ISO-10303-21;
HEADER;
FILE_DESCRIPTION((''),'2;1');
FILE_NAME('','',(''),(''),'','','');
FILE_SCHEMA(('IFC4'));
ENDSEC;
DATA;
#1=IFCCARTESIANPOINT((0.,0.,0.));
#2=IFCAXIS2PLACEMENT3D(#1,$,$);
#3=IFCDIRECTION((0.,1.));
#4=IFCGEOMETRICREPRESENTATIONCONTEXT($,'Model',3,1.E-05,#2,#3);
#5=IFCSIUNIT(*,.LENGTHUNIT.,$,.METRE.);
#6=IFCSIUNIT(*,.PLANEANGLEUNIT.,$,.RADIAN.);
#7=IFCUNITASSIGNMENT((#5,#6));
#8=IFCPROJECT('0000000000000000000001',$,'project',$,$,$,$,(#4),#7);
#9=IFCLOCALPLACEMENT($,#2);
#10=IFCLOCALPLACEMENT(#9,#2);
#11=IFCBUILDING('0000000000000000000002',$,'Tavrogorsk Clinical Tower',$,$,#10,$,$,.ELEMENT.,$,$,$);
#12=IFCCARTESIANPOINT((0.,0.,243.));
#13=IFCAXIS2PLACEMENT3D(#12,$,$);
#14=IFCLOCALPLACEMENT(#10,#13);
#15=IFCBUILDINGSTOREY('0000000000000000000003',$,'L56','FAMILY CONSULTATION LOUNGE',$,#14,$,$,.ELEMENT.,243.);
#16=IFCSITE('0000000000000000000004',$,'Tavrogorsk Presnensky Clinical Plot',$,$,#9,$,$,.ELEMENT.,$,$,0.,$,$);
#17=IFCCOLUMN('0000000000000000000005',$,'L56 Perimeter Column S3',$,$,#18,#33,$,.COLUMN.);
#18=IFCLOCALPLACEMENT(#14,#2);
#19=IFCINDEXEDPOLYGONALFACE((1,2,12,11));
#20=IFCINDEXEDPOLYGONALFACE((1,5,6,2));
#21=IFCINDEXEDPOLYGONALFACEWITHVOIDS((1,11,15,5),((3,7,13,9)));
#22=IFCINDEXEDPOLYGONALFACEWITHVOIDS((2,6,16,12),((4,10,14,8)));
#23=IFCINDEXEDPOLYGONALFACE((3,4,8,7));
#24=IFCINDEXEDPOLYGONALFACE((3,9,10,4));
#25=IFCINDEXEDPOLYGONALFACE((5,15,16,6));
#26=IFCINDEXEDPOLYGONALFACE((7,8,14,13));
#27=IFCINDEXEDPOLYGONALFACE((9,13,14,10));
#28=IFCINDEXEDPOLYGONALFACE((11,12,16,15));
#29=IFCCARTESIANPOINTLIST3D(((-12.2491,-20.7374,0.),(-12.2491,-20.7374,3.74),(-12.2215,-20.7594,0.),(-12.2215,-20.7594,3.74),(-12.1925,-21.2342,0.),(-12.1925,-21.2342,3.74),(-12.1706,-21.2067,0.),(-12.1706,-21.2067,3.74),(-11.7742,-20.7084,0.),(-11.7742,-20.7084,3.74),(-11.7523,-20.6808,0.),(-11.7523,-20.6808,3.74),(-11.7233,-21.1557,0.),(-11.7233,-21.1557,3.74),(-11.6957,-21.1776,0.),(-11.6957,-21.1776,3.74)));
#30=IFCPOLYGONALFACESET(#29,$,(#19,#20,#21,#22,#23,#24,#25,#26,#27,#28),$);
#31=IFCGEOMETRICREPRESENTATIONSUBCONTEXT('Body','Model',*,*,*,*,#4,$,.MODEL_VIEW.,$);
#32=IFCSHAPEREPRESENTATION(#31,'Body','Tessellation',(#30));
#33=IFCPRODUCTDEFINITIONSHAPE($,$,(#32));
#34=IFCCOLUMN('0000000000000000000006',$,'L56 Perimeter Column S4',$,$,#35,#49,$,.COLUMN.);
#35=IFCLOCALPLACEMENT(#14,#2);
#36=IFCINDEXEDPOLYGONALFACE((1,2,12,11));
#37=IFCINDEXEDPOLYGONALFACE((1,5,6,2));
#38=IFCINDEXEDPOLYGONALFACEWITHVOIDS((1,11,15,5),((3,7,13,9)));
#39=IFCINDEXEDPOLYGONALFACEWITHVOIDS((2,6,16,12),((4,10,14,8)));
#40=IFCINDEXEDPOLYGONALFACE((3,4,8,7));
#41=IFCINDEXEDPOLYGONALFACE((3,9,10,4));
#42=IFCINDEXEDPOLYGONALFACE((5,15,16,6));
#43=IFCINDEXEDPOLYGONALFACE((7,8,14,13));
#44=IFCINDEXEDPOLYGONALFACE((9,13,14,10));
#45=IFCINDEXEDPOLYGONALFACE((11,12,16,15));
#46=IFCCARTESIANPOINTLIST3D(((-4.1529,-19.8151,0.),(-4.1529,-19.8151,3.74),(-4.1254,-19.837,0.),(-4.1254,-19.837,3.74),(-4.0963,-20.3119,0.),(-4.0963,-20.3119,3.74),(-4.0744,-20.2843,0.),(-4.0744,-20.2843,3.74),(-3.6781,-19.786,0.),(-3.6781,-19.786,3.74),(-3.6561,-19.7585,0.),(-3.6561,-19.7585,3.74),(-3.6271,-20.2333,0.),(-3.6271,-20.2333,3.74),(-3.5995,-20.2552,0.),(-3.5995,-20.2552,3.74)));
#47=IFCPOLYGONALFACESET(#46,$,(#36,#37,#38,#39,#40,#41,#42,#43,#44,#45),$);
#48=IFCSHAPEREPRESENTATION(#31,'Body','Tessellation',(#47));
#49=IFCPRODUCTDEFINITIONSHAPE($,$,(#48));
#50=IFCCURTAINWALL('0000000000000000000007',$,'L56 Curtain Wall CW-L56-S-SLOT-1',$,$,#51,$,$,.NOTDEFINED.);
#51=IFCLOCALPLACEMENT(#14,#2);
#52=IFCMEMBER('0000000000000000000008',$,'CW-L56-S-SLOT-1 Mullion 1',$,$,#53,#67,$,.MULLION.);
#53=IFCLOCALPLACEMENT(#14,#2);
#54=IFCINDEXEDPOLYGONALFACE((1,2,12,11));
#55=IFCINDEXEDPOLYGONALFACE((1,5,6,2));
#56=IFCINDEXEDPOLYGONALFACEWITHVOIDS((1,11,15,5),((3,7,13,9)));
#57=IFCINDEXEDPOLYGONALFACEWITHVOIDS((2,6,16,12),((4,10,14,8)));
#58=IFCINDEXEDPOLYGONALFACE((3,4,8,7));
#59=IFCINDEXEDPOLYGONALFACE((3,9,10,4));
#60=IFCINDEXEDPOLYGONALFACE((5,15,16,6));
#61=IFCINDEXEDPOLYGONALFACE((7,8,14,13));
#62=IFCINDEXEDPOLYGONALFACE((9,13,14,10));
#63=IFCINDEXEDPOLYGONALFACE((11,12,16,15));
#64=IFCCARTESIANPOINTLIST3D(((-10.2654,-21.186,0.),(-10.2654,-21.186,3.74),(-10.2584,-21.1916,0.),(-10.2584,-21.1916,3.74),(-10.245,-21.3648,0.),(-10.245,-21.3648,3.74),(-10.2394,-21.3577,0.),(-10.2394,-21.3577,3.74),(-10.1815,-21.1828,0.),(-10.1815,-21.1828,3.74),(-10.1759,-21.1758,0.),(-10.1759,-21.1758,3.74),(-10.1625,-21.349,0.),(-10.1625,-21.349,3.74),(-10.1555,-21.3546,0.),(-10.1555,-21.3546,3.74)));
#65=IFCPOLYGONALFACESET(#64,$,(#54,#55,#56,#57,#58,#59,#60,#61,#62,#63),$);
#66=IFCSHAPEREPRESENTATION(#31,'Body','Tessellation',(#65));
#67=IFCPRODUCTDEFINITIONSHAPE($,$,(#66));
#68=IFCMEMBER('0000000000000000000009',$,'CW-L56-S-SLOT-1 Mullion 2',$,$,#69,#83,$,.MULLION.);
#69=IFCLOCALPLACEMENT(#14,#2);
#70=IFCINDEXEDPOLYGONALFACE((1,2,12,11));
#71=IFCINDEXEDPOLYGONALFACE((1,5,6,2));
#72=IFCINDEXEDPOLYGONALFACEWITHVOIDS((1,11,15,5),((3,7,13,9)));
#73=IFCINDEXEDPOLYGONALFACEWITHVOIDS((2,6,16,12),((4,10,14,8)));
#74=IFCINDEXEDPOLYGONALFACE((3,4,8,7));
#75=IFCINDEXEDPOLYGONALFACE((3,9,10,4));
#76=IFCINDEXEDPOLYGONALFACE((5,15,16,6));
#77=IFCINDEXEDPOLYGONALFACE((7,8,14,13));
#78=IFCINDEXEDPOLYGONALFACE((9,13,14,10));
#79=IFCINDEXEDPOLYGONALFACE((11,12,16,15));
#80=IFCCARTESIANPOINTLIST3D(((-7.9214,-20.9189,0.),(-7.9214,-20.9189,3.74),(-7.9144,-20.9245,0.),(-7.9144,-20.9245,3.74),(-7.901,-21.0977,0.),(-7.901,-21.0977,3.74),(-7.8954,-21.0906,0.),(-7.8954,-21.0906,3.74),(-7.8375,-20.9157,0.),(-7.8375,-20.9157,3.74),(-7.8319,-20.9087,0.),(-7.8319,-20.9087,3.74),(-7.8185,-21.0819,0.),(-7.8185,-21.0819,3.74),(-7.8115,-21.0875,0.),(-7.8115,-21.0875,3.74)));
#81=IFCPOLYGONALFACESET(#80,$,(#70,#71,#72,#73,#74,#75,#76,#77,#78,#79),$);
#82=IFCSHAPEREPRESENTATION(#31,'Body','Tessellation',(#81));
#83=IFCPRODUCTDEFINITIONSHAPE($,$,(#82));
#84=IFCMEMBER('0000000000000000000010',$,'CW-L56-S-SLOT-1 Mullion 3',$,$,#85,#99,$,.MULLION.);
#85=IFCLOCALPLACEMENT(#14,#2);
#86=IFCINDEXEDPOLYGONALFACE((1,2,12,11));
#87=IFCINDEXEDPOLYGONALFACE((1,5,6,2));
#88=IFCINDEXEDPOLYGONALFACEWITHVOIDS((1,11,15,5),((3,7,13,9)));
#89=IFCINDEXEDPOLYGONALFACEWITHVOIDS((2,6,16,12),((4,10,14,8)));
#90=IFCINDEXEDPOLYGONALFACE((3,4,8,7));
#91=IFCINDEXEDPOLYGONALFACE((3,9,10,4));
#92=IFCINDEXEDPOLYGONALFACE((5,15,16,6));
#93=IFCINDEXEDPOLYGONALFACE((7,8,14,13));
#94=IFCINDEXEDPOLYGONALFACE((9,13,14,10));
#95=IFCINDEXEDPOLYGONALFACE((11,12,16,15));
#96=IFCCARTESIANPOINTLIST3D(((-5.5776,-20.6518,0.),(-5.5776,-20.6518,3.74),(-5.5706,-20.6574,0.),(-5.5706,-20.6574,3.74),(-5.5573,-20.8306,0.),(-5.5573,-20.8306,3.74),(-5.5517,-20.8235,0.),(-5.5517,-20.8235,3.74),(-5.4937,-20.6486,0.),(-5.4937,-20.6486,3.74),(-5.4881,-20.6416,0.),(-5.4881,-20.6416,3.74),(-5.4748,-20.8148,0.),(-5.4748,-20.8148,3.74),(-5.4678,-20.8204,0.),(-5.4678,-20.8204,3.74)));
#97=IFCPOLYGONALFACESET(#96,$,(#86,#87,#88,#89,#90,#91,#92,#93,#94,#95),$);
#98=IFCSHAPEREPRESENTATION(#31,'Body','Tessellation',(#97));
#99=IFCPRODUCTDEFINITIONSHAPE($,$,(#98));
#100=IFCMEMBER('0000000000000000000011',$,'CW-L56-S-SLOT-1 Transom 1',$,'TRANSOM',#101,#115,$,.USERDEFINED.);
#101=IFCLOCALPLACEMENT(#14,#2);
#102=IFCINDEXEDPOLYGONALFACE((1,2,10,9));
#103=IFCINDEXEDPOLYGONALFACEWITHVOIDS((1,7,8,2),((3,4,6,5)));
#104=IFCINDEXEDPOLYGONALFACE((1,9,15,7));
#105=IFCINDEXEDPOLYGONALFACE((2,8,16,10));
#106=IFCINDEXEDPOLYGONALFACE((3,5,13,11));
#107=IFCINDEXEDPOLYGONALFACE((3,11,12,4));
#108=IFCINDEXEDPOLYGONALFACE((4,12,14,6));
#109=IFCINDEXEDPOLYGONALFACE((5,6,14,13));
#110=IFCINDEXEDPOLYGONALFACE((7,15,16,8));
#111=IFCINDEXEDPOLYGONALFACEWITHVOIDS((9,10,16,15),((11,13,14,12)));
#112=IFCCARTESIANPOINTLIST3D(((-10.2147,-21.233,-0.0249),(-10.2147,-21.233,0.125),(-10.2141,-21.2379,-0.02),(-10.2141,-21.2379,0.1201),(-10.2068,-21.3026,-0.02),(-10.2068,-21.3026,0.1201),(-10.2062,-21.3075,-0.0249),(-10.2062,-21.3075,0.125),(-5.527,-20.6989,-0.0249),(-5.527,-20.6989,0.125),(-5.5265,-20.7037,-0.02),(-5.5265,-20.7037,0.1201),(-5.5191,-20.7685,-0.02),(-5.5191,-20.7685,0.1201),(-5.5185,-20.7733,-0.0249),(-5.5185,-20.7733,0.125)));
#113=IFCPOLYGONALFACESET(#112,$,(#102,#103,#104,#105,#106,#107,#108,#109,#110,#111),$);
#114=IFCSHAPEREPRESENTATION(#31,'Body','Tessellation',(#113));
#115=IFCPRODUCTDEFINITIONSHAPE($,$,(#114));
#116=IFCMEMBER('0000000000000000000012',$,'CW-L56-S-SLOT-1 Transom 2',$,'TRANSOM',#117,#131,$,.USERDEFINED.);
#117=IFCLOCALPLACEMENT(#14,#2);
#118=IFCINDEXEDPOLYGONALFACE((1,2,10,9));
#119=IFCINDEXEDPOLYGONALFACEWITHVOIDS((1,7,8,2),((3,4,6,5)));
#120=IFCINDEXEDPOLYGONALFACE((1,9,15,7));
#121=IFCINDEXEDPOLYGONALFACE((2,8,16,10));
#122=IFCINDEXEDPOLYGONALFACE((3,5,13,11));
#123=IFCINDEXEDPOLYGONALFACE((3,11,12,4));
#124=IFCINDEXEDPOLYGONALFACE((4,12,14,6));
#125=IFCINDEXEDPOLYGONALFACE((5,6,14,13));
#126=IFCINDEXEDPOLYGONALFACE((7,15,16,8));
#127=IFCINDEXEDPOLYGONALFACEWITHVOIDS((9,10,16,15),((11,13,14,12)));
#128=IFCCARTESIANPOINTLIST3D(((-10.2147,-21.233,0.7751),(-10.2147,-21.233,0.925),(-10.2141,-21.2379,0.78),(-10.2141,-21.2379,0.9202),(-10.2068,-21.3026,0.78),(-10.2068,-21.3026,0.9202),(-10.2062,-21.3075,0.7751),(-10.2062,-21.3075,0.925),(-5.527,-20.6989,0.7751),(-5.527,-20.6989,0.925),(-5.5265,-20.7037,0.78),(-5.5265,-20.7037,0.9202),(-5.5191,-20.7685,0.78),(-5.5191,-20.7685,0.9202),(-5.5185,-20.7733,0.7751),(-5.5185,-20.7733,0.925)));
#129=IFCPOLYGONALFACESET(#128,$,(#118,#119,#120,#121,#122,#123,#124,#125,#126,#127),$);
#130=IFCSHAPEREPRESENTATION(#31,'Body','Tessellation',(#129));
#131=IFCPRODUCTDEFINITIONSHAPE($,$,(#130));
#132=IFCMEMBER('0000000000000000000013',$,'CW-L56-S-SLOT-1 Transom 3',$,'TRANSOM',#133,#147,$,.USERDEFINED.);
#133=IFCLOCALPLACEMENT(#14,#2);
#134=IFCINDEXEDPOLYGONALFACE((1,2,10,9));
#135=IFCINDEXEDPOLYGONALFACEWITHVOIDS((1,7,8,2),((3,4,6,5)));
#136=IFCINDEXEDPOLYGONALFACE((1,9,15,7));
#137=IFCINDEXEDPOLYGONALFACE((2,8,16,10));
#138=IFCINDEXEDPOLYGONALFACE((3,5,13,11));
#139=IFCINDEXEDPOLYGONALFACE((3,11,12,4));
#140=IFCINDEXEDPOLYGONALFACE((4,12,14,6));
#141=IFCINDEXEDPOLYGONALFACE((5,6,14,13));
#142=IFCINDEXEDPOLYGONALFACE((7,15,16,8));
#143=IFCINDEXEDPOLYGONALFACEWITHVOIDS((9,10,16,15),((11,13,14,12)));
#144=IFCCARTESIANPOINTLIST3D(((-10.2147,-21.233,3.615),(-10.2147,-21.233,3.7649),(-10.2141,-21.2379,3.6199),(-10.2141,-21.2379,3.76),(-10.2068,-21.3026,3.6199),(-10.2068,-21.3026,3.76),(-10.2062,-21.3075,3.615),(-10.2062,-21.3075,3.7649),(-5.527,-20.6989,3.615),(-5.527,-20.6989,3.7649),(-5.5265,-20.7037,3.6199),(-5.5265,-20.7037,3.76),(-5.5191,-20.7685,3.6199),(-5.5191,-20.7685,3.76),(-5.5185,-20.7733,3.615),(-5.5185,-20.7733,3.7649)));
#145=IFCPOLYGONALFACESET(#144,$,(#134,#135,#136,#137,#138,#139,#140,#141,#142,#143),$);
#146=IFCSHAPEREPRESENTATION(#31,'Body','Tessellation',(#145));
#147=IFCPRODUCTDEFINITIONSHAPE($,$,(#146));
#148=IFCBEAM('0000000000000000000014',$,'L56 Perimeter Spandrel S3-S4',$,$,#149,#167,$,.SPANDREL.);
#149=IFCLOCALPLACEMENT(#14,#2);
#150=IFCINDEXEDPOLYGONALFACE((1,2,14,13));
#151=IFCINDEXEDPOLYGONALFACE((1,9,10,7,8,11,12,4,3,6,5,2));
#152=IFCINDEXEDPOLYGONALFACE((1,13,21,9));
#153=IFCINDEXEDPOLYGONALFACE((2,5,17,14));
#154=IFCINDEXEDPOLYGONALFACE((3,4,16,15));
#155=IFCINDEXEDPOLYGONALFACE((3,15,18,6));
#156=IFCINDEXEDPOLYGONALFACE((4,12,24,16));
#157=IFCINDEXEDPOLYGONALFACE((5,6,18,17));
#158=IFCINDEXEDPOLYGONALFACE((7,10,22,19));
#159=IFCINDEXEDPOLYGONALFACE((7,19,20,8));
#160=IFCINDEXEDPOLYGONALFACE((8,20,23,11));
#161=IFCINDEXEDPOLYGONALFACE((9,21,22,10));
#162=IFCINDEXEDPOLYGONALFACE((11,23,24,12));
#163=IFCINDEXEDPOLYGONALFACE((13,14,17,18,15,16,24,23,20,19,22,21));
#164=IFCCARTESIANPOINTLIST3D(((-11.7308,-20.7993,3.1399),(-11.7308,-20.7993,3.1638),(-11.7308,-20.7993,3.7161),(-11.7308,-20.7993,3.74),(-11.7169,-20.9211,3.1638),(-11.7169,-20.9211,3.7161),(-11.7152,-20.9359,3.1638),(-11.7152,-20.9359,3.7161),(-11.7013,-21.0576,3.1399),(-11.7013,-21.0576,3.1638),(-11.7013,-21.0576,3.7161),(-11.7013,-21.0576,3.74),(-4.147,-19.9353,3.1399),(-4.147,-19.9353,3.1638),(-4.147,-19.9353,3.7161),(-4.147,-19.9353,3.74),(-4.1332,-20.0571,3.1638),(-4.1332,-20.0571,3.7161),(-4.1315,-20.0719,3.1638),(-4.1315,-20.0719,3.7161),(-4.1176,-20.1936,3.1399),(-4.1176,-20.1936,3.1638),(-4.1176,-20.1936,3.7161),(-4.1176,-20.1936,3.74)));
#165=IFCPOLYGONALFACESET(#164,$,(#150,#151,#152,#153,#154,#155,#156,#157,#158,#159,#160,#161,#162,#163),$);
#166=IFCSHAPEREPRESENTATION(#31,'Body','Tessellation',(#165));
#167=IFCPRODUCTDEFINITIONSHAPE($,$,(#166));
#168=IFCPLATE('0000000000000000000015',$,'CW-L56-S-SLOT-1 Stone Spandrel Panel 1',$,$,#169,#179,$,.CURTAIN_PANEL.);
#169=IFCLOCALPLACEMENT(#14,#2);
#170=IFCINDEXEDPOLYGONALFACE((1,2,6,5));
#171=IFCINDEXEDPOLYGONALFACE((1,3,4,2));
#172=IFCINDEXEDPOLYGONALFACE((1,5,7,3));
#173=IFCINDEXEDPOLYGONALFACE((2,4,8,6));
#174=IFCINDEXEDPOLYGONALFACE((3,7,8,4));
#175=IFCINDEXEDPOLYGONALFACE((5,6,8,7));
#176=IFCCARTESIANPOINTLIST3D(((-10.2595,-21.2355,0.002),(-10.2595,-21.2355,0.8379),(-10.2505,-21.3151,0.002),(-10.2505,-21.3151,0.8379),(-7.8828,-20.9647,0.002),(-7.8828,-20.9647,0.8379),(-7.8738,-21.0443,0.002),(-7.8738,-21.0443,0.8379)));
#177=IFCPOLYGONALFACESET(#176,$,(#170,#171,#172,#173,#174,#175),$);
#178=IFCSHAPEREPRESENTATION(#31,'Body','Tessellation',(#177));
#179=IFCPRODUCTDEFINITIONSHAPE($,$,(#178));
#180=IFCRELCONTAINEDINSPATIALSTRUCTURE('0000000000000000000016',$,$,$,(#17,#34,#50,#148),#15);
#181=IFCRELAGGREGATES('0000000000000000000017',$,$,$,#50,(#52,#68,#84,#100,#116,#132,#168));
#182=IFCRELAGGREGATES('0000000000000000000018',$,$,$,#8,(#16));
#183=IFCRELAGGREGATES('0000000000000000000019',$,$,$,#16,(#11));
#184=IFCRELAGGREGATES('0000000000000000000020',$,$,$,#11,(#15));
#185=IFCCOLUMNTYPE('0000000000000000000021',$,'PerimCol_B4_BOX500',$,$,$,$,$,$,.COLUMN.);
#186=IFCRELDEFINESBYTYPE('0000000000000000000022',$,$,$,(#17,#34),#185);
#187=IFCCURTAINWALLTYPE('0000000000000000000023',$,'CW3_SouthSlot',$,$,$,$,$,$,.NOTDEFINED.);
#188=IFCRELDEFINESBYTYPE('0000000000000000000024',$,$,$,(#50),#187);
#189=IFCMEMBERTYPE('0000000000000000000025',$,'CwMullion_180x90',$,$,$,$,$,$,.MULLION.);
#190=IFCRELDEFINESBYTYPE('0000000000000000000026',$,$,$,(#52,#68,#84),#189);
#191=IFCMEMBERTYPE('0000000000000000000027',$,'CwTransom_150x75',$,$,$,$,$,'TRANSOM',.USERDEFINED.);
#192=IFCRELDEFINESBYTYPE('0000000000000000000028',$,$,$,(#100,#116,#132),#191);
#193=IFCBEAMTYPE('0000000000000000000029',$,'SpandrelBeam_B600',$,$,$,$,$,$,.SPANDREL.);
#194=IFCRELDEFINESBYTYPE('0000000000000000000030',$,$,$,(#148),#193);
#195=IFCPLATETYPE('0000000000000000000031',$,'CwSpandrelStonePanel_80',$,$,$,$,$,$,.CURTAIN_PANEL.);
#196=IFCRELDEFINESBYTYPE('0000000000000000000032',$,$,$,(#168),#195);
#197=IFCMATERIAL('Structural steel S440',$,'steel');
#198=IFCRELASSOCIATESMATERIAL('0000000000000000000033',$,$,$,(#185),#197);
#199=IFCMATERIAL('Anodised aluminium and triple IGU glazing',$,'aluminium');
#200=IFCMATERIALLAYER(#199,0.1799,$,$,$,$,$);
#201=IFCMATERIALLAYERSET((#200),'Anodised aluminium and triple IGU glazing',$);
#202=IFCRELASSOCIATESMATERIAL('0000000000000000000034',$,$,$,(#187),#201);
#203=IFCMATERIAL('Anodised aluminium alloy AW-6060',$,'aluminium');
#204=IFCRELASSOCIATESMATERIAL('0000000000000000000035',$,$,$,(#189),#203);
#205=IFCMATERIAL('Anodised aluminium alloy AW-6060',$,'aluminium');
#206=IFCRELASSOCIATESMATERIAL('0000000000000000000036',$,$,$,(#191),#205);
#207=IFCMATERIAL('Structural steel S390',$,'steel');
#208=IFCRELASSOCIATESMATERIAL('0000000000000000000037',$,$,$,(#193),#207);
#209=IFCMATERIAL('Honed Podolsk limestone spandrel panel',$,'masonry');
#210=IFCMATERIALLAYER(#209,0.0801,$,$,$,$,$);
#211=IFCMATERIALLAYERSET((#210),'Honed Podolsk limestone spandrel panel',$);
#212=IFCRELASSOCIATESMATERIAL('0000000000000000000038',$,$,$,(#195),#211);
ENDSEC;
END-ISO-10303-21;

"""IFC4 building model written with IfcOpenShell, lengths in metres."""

from ifc_helpers import new_model, si_unit, direction, frame, origin, origin_2d, place, context, subcontext, project, spatial, rectangle, hollow_rectangle, i_section, extrude, material, layer, layer_set, material_profile, profile_set, type_object, element, aggregate, save


model = new_model("IFC4")

# Units and contexts
model_context = context("Model", 3, precision=1e-05, world=origin(), true_north=direction((0.0, 1.0)))
body_context = subcontext(model_context, "Body", "Model", "MODEL_VIEW")
ifc_project = project(units=[si_unit("LENGTHUNIT", "METRE"), si_unit("PLANEANGLEUNIT", "RADIAN")], contexts=[model_context])

# Site, building, storey
site_placement = place(None, origin())
site = spatial("IfcSite", under=ifc_project, at=site_placement, Name="Tavrogorsk Presnensky Clinical Plot", CompositionType="ELEMENT", RefElevation=0.0)
building_placement = place(site_placement, origin())
building = spatial("IfcBuilding", under=site, at=building_placement, Name="Tavrogorsk Clinical Tower", CompositionType="ELEMENT")
storey_placement = place(building_placement, frame((0.0, 0.0, 243.0)))
storey = spatial("IfcBuildingStorey", under=building, at=storey_placement, Name="L56", Description="FAMILY CONSULTATION LOUNGE", CompositionType="ELEMENT", Elevation=243.0)

# Columns
ifc_material_1 = material(Name="Structural steel S440", Category="steel")
ifc_material_profile_1 = material_profile(ifc_material_1, hollow_rectangle(XDim=0.5, YDim=0.5, WallThickness=0.0249, at=origin_2d()), Name="BOX-500x500x25")
ifc_profile_set_1 = profile_set([ifc_material_profile_1], Name="Structural steel S440")
column_type = type_object("IfcColumnType", Name="PerimCol_B4_BOX500", PredefinedType="COLUMN", material=ifc_profile_set_1)
for number, where, z_axis, x_axis, name in (
    (1, (-11.9724, -20.9575, 0.0), (0.0, 0.0, 1.0), (0.993572, 0.113203, 0.0), "L56 Perimeter Column S3"),
    (2, (-3.8762, -20.0352, 0.0), (0.0, 0.0, 1.0), (0.993572, 0.113203, 0.0), "L56 Perimeter Column S4"),
):
    element("IfcColumn", number, at=place(storey_placement, frame(where, z_axis=z_axis, x_axis=x_axis)), inside=storey, type_object=column_type, Name=name, PredefinedType="COLUMN", context=body_context, shape_type="SweptSolid", body=[
        extrude(hollow_rectangle(XDim=0.5, YDim=0.5, WallThickness=0.0249, at=origin_2d()), origin(), (0.0, 0.0, 1.0), 3.74),
    ])

# Curtain wall, members
ifc_material_2 = material(Name="Anodised aluminium and triple IGU glazing", Category="aluminium")
ifc_layer_1 = layer(ifc_material_2, 0.1799)
ifc_layer_set_1 = layer_set([ifc_layer_1], Name="Anodised aluminium and triple IGU glazing")
curtain_wall_type = type_object("IfcCurtainWallType", Name="CW3_SouthSlot", PredefinedType="NOTDEFINED", material=ifc_layer_set_1)
curtain_wall_placement = place(storey_placement, origin())
curtain_wall = element("IfcCurtainWall", 3, at=curtain_wall_placement, inside=storey, type_object=curtain_wall_type, Name="L56 Curtain Wall CW-L56-S-SLOT-1", PredefinedType="NOTDEFINED")
ifc_material_3 = material(Name="Anodised aluminium alloy AW-6060", Category="aluminium")
ifc_material_profile_2 = material_profile(ifc_material_3, hollow_rectangle(XDim=0.0901, YDim=0.1799, WallThickness=0.0063, at=origin_2d()), Name="RHS-180x90x6.3")
ifc_profile_set_2 = profile_set([ifc_material_profile_2], Name="Anodised aluminium alloy AW-6060")
member_type_1 = type_object("IfcMemberType", Name="CwMullion_180x90", PredefinedType="MULLION", material=ifc_profile_set_2)
member_1_placement = place(storey_placement, frame((-10.2104, -21.2703, 0.0), z_axis=(0.0, 0.0, 1.0), x_axis=(0.993572, 0.113203, 0.0)))
member_1 = element("IfcMember", 4, at=member_1_placement, type_object=member_type_1, Name="CW-L56-S-SLOT-1 Mullion 1", PredefinedType="MULLION", context=body_context, shape_type="SweptSolid", body=[
    extrude(hollow_rectangle(XDim=0.0901, YDim=0.1799, WallThickness=0.0063, at=origin_2d()), origin(), (0.0, 0.0, 1.0), 3.74),
])
member_2_placement = place(storey_placement, frame((-7.8665, -21.0032, 0.0), z_axis=(0.0, 0.0, 1.0), x_axis=(0.993572, 0.113203, 0.0)))
member_2 = element("IfcMember", 5, at=member_2_placement, type_object=member_type_1, Name="CW-L56-S-SLOT-1 Mullion 2", PredefinedType="MULLION", context=body_context, shape_type="SweptSolid", body=[
    extrude(hollow_rectangle(XDim=0.0901, YDim=0.1799, WallThickness=0.0063, at=origin_2d()), origin(), (0.0, 0.0, 1.0), 3.74),
])
member_3_placement = place(storey_placement, frame((-5.5227, -20.7361, 0.0), z_axis=(0.0, 0.0, 1.0), x_axis=(0.993572, 0.113203, 0.0)))
member_3 = element("IfcMember", 6, at=member_3_placement, type_object=member_type_1, Name="CW-L56-S-SLOT-1 Mullion 3", PredefinedType="MULLION", context=body_context, shape_type="SweptSolid", body=[
    extrude(hollow_rectangle(XDim=0.0901, YDim=0.1799, WallThickness=0.0063, at=origin_2d()), origin(), (0.0, 0.0, 1.0), 3.74),
])
ifc_material_4 = material(Name="Anodised aluminium alloy AW-6060", Category="aluminium")
ifc_material_profile_3 = material_profile(ifc_material_4, hollow_rectangle(XDim=0.075, YDim=0.1499, WallThickness=0.0049, at=origin_2d()), Name="RHS-150x75x5")
ifc_profile_set_3 = profile_set([ifc_material_profile_3], Name="Anodised aluminium alloy AW-6060")
member_type_2 = type_object("IfcMemberType", Name="CwTransom_150x75", ElementType="TRANSOM", PredefinedType="USERDEFINED", material=ifc_profile_set_3)
member_4_placement = place(storey_placement, frame((-10.2104, -21.2703, 0.05), z_axis=(0.99357, 0.11322, 0.0), x_axis=(-0.11322, 0.99357, 0.0)))
member_4 = element("IfcMember", 7, at=member_4_placement, type_object=member_type_2, Name="CW-L56-S-SLOT-1 Transom 1", ObjectType="TRANSOM", PredefinedType="USERDEFINED", context=body_context, shape_type="SweptSolid", body=[
    extrude(hollow_rectangle(XDim=0.075, YDim=0.1499, WallThickness=0.0049, at=origin_2d()), origin(), (0.0, 0.0, 1.0), 4.718),
])
member_5_placement = place(storey_placement, frame((-10.2104, -21.2703, 0.8501), z_axis=(0.99357, 0.11322, 0.0), x_axis=(-0.11322, 0.99357, 0.0)))
member_5 = element("IfcMember", 8, at=member_5_placement, type_object=member_type_2, Name="CW-L56-S-SLOT-1 Transom 2", ObjectType="TRANSOM", PredefinedType="USERDEFINED", context=body_context, shape_type="SweptSolid", body=[
    extrude(hollow_rectangle(XDim=0.075, YDim=0.1499, WallThickness=0.0049, at=origin_2d()), origin(), (0.0, 0.0, 1.0), 4.718),
])
member_6_placement = place(storey_placement, frame((-10.2104, -21.2703, 3.6899), z_axis=(0.99357, 0.11322, 0.0), x_axis=(-0.11322, 0.99357, 0.0)))
member_6 = element("IfcMember", 9, at=member_6_placement, type_object=member_type_2, Name="CW-L56-S-SLOT-1 Transom 3", ObjectType="TRANSOM", PredefinedType="USERDEFINED", context=body_context, shape_type="SweptSolid", body=[
    extrude(hollow_rectangle(XDim=0.075, YDim=0.1499, WallThickness=0.0049, at=origin_2d()), origin(), (0.0, 0.0, 1.0), 4.718),
])

# Beam
ifc_material_5 = material(Name="Structural steel S390", Category="steel")
ifc_material_profile_4 = material_profile(ifc_material_5, i_section(OverallWidth=0.26, OverallDepth=0.6001, WebThickness=0.0149, FlangeThickness=0.0239, at=origin_2d()), Name="B-600x260x15x24")
ifc_profile_set_4 = profile_set([ifc_material_profile_4], Name="Structural steel S390")
beam_type = type_object("IfcBeamType", Name="SpandrelBeam_B600", PredefinedType="SPANDREL", material=ifc_profile_set_4)
beam_placement = place(storey_placement, frame((-11.7161, -20.9285, 3.4399), z_axis=(0.993573, 0.113197, 0.0), x_axis=(-0.113197, 0.993573, 0.0)))
element("IfcBeam", 10, at=beam_placement, inside=storey, type_object=beam_type, Name="L56 Perimeter Spandrel S3-S4", PredefinedType="SPANDREL", context=body_context, shape_type="SweptSolid", body=[
    extrude(i_section(OverallWidth=0.26, OverallDepth=0.6001, WebThickness=0.0149, FlangeThickness=0.0239, at=origin_2d()), origin(), (0.0, 0.0, 1.0), 7.6328),
])

# Plate
ifc_material_6 = material(Name="Honed Podolsk limestone spandrel panel", Category="masonry")
ifc_layer_2 = layer(ifc_material_6, 0.0801)
ifc_layer_set_2 = layer_set([ifc_layer_2], Name="Honed Podolsk limestone spandrel panel")
plate_type_1 = type_object("IfcPlateType", Name="CwSpandrelStonePanel_80", PredefinedType="CURTAIN_PANEL", material=ifc_layer_set_2)
plate_1_placement = place(storey_placement, frame((-9.0667, -21.1399, 0.002), z_axis=(0.0, 0.0, 1.0), x_axis=(0.993572, 0.113203, 0.0)))
plate_1 = element("IfcPlate", 11, at=plate_1_placement, type_object=plate_type_1, Name="CW-L56-S-SLOT-1 Stone Spandrel Panel 1", PredefinedType="CURTAIN_PANEL", context=body_context, shape_type="SweptSolid", body=[
    extrude(rectangle(XDim=2.3921, YDim=0.0801, at=origin_2d()), origin(), (0.0, 0.0, 1.0), 0.8359),
])
aggregate(curtain_wall, [member_1, member_2, member_3, member_4, member_5, member_6, plate_1])

save(model, "model.ifc")
